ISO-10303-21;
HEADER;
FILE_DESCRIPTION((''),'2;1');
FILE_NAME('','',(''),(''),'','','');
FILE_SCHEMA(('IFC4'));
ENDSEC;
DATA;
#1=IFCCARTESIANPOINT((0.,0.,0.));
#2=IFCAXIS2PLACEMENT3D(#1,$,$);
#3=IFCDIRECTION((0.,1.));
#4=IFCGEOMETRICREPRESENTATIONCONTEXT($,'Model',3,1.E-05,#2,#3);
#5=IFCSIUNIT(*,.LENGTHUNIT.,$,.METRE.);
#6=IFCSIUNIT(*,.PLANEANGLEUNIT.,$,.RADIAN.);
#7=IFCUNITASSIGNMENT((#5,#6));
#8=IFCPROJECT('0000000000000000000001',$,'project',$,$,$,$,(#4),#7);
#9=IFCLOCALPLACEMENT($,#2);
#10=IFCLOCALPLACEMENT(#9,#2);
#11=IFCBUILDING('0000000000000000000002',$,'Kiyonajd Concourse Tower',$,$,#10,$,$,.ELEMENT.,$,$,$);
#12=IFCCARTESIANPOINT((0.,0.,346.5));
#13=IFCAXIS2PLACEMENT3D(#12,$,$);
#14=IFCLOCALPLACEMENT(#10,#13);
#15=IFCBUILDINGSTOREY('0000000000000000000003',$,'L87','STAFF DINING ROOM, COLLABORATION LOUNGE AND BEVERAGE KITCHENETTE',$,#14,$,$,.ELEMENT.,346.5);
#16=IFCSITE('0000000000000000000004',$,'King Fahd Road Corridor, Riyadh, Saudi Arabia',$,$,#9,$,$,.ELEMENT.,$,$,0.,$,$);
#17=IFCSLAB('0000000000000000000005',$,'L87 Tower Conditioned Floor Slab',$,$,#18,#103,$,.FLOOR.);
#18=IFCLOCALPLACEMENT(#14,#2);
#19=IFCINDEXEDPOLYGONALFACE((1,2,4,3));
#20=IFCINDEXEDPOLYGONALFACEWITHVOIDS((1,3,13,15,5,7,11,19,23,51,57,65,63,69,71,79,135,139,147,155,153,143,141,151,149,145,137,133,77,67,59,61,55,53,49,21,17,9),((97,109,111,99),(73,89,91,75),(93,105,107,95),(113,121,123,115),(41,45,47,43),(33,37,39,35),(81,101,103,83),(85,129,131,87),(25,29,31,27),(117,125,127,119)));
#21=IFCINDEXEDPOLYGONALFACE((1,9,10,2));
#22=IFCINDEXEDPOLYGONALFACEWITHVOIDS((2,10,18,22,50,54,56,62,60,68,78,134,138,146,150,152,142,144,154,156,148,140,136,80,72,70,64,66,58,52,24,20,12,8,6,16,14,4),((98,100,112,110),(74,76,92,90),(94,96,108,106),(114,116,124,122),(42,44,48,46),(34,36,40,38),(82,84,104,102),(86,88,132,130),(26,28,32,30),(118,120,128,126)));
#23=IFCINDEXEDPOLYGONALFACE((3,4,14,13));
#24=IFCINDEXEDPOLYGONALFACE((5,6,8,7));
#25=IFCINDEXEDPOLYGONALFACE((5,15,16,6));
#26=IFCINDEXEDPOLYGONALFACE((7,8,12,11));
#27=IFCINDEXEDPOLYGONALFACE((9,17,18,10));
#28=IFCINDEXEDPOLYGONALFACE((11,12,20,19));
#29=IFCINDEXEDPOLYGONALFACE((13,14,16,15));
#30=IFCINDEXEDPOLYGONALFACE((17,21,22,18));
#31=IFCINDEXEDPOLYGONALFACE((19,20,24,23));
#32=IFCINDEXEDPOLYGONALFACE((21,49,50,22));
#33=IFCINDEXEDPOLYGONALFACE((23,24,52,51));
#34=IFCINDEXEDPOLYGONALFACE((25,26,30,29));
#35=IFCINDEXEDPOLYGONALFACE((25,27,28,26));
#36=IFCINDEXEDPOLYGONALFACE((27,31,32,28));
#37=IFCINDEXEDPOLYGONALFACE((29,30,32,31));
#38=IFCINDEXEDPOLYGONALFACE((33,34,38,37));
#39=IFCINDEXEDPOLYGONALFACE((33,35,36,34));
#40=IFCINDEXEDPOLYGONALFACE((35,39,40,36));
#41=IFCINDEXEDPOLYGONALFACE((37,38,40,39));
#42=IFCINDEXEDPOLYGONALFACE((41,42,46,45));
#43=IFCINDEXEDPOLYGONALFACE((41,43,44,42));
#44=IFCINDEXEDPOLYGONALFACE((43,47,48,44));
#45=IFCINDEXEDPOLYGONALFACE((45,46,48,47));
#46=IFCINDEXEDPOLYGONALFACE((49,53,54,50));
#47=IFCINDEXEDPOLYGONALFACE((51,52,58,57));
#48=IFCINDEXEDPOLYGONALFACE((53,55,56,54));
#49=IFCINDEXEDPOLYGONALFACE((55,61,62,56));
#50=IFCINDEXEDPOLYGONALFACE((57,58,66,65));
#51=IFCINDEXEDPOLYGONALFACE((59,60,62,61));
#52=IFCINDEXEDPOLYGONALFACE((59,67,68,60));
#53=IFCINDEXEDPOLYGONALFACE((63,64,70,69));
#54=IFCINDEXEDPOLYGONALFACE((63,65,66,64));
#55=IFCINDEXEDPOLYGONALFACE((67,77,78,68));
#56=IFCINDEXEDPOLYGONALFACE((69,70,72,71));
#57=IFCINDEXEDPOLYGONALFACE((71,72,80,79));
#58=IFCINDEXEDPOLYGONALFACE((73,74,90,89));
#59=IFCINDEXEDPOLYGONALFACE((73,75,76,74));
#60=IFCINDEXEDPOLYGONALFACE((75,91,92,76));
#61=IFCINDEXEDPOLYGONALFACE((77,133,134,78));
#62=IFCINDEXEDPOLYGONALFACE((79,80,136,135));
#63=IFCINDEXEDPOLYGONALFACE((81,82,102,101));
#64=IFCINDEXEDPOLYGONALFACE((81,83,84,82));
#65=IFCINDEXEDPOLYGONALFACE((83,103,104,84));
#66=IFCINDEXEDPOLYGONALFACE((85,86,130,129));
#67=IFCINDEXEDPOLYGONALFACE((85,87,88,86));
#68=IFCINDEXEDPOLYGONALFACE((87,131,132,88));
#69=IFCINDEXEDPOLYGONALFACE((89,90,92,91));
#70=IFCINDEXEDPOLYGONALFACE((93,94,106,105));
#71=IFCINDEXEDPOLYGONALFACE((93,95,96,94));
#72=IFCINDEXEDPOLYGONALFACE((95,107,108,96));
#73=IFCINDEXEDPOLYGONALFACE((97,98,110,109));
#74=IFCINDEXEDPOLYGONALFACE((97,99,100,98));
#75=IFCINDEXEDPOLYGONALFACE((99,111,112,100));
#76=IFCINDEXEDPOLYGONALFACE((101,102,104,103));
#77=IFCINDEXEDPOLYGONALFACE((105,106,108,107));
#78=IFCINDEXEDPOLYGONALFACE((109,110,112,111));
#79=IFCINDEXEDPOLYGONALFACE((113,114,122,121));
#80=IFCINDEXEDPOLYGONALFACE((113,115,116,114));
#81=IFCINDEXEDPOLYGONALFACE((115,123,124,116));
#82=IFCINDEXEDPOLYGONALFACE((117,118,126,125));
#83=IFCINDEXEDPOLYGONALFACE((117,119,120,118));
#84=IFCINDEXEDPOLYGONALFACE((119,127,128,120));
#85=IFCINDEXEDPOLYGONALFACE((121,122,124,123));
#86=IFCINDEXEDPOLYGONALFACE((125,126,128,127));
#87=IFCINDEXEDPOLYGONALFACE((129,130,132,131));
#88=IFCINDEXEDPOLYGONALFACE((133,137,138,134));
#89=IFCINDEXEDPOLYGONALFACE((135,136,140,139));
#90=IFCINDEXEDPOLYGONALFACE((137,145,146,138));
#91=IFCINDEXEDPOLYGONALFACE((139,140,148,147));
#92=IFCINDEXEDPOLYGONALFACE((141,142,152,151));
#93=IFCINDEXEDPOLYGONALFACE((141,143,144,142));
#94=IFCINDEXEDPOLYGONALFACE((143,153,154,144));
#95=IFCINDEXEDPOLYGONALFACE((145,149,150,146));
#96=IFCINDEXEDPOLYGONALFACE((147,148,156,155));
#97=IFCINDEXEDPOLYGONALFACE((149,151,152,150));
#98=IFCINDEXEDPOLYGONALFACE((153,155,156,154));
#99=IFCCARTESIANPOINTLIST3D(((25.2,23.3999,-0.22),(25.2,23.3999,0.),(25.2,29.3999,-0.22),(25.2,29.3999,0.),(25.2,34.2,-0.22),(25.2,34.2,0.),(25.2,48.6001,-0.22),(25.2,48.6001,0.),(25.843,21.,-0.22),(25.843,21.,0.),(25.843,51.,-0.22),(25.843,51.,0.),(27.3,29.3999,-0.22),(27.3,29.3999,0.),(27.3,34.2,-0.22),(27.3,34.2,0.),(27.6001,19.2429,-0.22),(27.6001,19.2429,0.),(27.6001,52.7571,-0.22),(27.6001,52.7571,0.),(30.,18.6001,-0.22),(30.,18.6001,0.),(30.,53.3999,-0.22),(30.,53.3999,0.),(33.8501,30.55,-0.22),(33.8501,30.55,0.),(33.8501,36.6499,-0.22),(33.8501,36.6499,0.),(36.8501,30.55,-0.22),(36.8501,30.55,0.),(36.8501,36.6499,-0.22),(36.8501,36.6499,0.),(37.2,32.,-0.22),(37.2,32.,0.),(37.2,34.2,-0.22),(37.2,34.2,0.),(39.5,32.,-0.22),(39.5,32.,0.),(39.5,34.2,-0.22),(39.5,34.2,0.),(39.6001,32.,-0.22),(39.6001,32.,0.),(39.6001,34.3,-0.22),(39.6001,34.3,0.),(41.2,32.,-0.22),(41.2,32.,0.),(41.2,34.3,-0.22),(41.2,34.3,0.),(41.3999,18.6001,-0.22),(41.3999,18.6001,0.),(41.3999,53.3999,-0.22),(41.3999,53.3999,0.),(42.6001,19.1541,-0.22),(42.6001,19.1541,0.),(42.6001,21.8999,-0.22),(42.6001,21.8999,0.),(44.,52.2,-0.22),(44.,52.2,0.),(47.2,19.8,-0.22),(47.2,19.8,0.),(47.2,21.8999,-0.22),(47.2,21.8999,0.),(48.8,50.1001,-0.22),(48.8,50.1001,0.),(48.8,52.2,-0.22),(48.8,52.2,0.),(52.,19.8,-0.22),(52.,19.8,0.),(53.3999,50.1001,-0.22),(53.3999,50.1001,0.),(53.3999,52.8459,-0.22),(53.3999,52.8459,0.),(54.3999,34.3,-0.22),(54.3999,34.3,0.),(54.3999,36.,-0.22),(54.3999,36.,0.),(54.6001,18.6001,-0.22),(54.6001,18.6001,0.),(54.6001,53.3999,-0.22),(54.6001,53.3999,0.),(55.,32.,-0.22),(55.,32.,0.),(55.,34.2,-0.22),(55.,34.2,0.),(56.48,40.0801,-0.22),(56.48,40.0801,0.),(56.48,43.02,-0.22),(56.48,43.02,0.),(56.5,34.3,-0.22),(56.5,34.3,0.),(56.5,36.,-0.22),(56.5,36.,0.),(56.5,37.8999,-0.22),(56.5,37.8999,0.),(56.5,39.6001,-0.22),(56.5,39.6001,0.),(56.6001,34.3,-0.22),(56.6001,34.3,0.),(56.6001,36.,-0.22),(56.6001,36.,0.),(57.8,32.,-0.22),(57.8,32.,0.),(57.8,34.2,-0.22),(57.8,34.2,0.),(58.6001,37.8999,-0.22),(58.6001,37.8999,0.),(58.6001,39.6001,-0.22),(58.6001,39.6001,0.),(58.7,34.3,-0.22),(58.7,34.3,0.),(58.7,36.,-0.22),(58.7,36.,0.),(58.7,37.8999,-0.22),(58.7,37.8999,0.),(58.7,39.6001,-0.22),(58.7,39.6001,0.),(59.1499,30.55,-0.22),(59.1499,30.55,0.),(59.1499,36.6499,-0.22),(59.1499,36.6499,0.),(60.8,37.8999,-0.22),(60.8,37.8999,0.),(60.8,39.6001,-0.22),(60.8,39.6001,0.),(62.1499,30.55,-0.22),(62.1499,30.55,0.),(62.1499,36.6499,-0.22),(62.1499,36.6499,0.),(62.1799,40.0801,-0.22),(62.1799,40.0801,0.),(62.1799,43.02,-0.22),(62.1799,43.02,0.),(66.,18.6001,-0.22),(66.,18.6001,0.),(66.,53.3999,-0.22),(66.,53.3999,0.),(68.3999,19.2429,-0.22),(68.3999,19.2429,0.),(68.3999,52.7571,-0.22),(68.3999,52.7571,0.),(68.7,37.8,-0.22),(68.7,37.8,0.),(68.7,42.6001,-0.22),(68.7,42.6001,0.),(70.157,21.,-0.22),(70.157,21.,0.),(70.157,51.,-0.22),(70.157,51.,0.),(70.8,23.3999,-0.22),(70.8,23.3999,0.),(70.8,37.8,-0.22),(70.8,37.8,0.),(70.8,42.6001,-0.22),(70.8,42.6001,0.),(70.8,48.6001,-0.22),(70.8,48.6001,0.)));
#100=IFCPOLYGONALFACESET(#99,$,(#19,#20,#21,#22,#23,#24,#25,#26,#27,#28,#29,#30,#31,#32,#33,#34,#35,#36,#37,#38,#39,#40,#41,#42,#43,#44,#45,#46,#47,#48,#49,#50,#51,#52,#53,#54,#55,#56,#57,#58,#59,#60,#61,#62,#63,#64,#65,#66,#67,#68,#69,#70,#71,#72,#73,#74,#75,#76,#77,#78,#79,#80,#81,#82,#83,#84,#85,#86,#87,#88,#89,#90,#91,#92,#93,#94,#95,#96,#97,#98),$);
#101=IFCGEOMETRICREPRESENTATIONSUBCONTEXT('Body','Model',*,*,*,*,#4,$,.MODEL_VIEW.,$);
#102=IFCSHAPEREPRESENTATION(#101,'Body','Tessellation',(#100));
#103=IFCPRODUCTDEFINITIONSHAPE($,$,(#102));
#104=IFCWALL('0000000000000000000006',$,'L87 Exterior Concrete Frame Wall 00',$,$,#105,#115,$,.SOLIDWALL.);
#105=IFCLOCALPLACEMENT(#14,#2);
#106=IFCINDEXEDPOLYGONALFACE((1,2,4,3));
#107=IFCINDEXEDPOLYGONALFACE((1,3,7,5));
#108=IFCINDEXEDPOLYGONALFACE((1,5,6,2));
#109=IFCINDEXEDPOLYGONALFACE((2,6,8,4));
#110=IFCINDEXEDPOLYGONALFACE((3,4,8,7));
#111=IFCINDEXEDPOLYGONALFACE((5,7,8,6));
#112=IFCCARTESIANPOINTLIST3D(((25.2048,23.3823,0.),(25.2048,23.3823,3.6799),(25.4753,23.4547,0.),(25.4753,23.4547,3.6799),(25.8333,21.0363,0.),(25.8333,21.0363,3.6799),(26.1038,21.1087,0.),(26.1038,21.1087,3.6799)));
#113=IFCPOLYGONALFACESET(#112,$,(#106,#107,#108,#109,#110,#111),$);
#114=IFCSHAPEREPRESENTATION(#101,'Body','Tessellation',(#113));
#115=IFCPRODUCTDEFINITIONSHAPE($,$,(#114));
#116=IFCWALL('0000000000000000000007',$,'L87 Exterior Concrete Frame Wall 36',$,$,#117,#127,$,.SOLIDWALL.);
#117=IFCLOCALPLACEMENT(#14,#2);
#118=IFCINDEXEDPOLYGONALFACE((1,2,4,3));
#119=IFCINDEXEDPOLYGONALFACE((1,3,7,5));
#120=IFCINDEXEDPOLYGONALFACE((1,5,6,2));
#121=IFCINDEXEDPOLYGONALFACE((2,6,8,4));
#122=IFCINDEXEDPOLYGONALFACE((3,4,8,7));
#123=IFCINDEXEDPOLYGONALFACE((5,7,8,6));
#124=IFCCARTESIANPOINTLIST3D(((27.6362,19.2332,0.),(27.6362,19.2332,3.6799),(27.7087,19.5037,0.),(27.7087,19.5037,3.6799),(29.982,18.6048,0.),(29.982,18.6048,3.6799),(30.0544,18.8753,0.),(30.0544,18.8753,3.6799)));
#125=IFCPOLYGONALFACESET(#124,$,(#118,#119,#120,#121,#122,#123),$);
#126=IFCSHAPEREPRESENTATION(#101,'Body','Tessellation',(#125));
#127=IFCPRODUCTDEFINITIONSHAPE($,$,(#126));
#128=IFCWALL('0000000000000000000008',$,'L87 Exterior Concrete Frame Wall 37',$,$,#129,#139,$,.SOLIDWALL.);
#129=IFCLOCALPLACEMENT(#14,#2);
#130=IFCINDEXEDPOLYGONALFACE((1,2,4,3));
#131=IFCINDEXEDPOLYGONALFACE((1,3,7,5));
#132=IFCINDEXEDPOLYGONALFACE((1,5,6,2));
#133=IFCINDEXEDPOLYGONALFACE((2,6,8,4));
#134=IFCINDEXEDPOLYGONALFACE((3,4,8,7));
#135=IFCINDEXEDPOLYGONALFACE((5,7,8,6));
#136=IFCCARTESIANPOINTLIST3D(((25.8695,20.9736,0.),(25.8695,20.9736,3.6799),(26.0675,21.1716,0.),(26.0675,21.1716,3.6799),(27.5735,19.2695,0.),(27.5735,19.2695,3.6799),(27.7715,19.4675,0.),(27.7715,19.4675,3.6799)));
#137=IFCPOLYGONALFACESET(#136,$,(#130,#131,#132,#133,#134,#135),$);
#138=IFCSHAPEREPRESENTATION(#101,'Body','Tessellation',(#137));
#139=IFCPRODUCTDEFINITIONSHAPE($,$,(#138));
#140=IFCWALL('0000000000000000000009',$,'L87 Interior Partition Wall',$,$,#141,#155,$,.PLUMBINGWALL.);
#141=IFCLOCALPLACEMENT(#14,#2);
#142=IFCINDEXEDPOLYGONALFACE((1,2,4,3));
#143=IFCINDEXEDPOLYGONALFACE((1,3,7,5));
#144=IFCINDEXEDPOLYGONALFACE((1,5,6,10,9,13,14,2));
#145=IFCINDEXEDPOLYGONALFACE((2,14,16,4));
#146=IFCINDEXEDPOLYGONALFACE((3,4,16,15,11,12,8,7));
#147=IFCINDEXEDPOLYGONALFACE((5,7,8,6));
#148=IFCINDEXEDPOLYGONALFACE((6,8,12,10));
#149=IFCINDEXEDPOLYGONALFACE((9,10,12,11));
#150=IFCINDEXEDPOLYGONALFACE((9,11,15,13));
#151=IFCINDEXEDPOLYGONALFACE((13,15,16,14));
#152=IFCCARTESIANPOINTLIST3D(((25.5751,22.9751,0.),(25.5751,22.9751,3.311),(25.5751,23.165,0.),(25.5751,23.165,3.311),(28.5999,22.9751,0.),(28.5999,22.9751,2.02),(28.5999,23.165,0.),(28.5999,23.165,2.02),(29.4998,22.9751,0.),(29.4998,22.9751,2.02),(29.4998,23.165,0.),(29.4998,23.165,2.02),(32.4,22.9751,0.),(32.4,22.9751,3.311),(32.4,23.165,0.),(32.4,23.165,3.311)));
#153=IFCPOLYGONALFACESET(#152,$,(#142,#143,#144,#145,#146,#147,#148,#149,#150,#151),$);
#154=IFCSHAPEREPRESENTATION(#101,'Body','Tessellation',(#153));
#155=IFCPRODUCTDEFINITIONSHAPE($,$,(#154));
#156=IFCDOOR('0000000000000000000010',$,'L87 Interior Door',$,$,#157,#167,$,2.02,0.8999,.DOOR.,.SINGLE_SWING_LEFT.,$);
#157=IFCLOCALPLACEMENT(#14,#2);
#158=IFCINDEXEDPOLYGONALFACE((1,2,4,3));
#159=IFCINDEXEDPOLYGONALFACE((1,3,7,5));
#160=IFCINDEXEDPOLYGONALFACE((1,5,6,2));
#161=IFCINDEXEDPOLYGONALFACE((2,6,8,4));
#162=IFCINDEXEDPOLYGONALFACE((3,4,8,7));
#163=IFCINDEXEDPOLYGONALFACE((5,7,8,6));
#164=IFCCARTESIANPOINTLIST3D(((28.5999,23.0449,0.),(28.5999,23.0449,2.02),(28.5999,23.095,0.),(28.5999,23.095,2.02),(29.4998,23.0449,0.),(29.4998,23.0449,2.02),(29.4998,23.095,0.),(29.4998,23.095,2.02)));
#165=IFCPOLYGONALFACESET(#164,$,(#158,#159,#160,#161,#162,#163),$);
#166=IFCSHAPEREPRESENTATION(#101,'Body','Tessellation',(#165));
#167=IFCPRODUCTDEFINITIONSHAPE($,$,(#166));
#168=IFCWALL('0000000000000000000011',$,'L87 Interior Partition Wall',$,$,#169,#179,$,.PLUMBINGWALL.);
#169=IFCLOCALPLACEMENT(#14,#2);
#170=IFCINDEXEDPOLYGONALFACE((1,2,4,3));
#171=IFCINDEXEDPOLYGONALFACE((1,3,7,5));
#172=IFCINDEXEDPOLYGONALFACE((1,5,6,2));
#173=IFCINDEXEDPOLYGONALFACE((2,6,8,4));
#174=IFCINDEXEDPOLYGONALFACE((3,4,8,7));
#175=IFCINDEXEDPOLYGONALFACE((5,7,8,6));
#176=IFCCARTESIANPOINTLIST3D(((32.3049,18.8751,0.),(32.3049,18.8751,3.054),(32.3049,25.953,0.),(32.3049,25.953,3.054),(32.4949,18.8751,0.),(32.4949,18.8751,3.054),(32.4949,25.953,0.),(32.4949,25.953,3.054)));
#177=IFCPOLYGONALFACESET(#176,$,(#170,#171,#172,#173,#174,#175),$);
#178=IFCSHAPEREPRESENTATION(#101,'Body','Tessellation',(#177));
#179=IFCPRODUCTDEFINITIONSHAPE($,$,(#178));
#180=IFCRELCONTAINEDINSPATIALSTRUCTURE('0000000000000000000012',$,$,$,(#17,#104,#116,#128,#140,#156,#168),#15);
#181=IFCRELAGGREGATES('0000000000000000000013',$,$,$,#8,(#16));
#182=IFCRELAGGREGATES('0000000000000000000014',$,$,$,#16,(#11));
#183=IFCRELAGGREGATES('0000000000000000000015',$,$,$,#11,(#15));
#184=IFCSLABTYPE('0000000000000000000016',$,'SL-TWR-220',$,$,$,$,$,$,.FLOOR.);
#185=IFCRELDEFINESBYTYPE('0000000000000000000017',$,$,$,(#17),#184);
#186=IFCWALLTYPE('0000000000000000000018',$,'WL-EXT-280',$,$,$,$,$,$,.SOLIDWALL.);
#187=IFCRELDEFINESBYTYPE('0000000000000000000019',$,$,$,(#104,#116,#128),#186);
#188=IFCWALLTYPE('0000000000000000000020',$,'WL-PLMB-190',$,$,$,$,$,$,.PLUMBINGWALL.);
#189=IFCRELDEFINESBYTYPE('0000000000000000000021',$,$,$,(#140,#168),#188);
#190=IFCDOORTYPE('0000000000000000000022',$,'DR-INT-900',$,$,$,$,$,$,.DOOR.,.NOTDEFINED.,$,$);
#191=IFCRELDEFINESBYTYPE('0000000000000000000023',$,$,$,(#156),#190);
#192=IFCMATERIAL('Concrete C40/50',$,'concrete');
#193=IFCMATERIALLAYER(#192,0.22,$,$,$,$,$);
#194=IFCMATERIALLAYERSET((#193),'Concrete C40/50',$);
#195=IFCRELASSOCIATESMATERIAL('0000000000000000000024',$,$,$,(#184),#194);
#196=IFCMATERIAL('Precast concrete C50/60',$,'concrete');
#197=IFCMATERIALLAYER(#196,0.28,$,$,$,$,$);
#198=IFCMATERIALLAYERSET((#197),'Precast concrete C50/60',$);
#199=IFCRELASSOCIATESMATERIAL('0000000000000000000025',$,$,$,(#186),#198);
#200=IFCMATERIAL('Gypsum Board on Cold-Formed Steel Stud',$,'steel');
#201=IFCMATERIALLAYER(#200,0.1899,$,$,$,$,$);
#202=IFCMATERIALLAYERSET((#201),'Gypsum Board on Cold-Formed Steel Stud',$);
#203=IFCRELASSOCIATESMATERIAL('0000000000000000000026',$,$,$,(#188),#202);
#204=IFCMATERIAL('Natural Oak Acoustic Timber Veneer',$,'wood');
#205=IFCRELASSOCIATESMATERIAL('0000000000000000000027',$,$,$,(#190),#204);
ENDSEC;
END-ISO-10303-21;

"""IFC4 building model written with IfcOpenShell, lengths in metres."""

from ifc_helpers import new_model, si_unit, direction, frame, frame_2d, origin, place, context, subcontext, project, spatial, polyline, rectangle, outline, extrude, material, layer, layer_set, type_object, element, fill, save


model = new_model("IFC4")

# Units and contexts
model_context = context("Model", 3, precision=1e-05, world=origin(), true_north=direction((0.0, 1.0)))
body_context = subcontext(model_context, "Body", "Model", "MODEL_VIEW")
ifc_project = project(units=[si_unit("LENGTHUNIT", "METRE"), si_unit("PLANEANGLEUNIT", "RADIAN")], contexts=[model_context])

# Site, building, storey
site_placement = place(None, origin())
site = spatial("IfcSite", under=ifc_project, at=site_placement, Name="King Fahd Road Corridor, Riyadh, Saudi Arabia", CompositionType="ELEMENT", RefElevation=0.0)
building_placement = place(site_placement, origin())
building = spatial("IfcBuilding", under=site, at=building_placement, Name="Kiyonajd Concourse Tower", CompositionType="ELEMENT")
storey_placement = place(building_placement, frame((0.0, 0.0, 346.5)))
storey = spatial("IfcBuildingStorey", under=building, at=storey_placement, Name="L87", Description="STAFF DINING ROOM, COLLABORATION LOUNGE AND BEVERAGE KITCHENETTE", CompositionType="ELEMENT", Elevation=346.5)

# Shared definitions
ifc_material_1 = material(Name="Concrete C40/50", Category="concrete")

# Slab
ifc_material_2 = material(Name="Precast concrete C50/60", Category="concrete")
ifc_layer_1 = layer(ifc_material_1, 0.22)
ifc_layer_set_1 = layer_set([ifc_layer_1], Name="Concrete C40/50")
slab_type_1 = type_object("IfcSlabType", Name="SL-TWR-220", PredefinedType="FLOOR", material=ifc_layer_set_1)
slab_1_placement = place(storey_placement, frame((0.0, 0.0, -0.22)))
element("IfcSlab", 1, at=slab_1_placement, inside=storey, type_object=slab_type_1, Name="L87 Tower Conditioned Floor Slab", PredefinedType="FLOOR", context=body_context, shape_type="SweptSolid", body=[
    extrude(outline(polyline([(25.843, 21.0), (25.2, 23.3999), (25.2, 29.3999), (27.3, 29.3999), (27.3, 34.2), (25.2, 34.2), (25.2, 48.6001), (25.843, 51.0), (27.6001, 52.7571), (30.0, 53.3999), (41.3999, 53.3999), (44.0, 52.2), (48.8, 52.2), (48.8, 50.1001), (53.3999, 50.1001), (53.3999, 52.8459), (54.6001, 53.3999), (66.0, 53.3999), (68.3999, 52.7571), (70.157, 51.0), (70.8, 48.6001), (70.8, 42.6001), (68.7, 42.6001), (68.7, 37.8), (70.8, 37.8), (70.8, 23.3999), (70.157, 21.0), (68.3999, 19.2429), (66.0, 18.6001), (54.6001, 18.6001), (52.0, 19.8), (47.2, 19.8), (47.2, 21.8999), (42.6001, 21.8999), (42.6001, 19.1541), (41.3999, 18.6001), (30.0, 18.6001), (27.6001, 19.2429), (25.843, 21.0)]), holes=[polyline([(39.5, 32.0), (37.2, 32.0), (37.2, 34.2), (39.5, 34.2), (39.5, 32.0)]), polyline([(57.8, 32.0), (55.0, 32.0), (55.0, 34.2), (57.8, 34.2), (57.8, 32.0)]), polyline([(41.2, 32.0), (39.6001, 32.0), (39.6001, 34.3), (41.2, 34.3), (41.2, 32.0)]), polyline([(33.8501, 30.55), (33.8501, 36.6499), (36.8501, 36.6499), (36.8501, 30.55), (33.8501, 30.55)]), polyline([(59.1499, 30.55), (59.1499, 36.6499), (62.1499, 36.6499), (62.1499, 30.55), (59.1499, 30.55)]), polyline([(56.5, 34.3), (54.3999, 34.3), (54.3999, 36.0), (56.5, 36.0), (56.5, 34.3)]), polyline([(58.7, 34.3), (56.6001, 34.3), (56.6001, 36.0), (58.7, 36.0), (58.7, 34.3)]), polyline([(58.6001, 37.8999), (56.5, 37.8999), (56.5, 39.6001), (58.6001, 39.6001), (58.6001, 37.8999)]), polyline([(58.7, 37.8999), (58.7, 39.6001), (60.8, 39.6001), (60.8, 37.8999), (58.7, 37.8999)]), polyline([(56.48, 43.02), (62.1799, 43.02), (62.1799, 40.0801), (56.48, 40.0801), (56.48, 43.02)])]), origin(), (0.0, 0.0, 1.0), 0.22),
])

# Walls
ifc_layer_2 = layer(ifc_material_2, 0.28)
ifc_layer_set_2 = layer_set([ifc_layer_2], Name="Precast concrete C50/60")
wall_type_1 = type_object("IfcWallType", Name="WL-EXT-280", PredefinedType="SOLIDWALL", material=ifc_layer_set_2)
wall_1_placement = place(storey_placement, frame((25.9685, 21.0725, 0.0), z_axis=(0.0, 0.0, 1.0), x_axis=(-0.258751, 0.965944, 0.0)))
element("IfcWall", 2, at=wall_1_placement, inside=storey, type_object=wall_type_1, Name="L87 Exterior Concrete Frame Wall 00", PredefinedType="SOLIDWALL", context=body_context, shape_type="SweptSolid", body=[
    extrude(rectangle(XDim=2.4287, YDim=0.28, at=frame_2d((1.2144, 0.0))), origin(), (0.0, 0.0, 1.0), 3.6799),
])
wall_2_placement = place(storey_placement, frame((30.0183, 18.74, 0.0), z_axis=(0.0, 0.0, 1.0), x_axis=(-0.965937, 0.258776, 0.0)))
element("IfcWall", 3, at=wall_2_placement, inside=storey, type_object=wall_type_1, Name="L87 Exterior Concrete Frame Wall 36", PredefinedType="SOLIDWALL", context=body_context, shape_type="SweptSolid", body=[
    extrude(rectangle(XDim=2.4285, YDim=0.28, at=frame_2d((1.2144, 0.0))), origin(), (0.0, 0.0, 1.0), 3.6799),
])
wall_3_placement = place(storey_placement, frame((27.6726, 19.3684, 0.0), z_axis=(0.0, 0.0, 1.0), x_axis=(-0.707107, 0.707107, 0.0)))
element("IfcWall", 4, at=wall_3_placement, inside=storey, type_object=wall_type_1, Name="L87 Exterior Concrete Frame Wall 37", PredefinedType="SOLIDWALL", context=body_context, shape_type="SweptSolid", body=[
    extrude(rectangle(XDim=2.4099, YDim=0.28, at=frame_2d((1.2051, 0.0))), origin(), (0.0, 0.0, 1.0), 3.6799),
])

# Wall, opening, door
ifc_material_3 = material(Name="Gypsum Board on Cold-Formed Steel Stud", Category="steel")
ifc_layer_3 = layer(ifc_material_3, 0.1899)
ifc_layer_set_3 = layer_set([ifc_layer_3], Name="Gypsum Board on Cold-Formed Steel Stud")
wall_type_2 = type_object("IfcWallType", Name="WL-PLMB-190", PredefinedType="PLUMBINGWALL", material=ifc_layer_set_3)
wall_4_placement = place(storey_placement, frame((25.575, 23.0701, 0.0), z_axis=(0.0, 0.0, 1.0), x_axis=(1.0, 0.0, 0.0)))
wall_4 = element("IfcWall", 5, at=wall_4_placement, inside=storey, type_object=wall_type_2, Name="L87 Interior Partition Wall", PredefinedType="PLUMBINGWALL", context=body_context, shape_type="SweptSolid", body=[
    extrude(rectangle(XDim=6.825, YDim=0.1899, at=frame_2d((3.4126, 0.0))), origin(), (0.0, 0.0, 1.0), 3.311),
])
opening_placement = place(wall_4_placement, frame((3.0249, 0.0, 0.0)))
opening = element("IfcOpeningElement", 6, at=opening_placement, cuts=wall_4, PredefinedType="OPENING", context=body_context, shape_type="SweptSolid", body=[
    extrude(rectangle(XDim=0.8999, YDim=2.02, at=frame_2d((0.45, 1.01))), frame((0.0, 0.105, 0.0), z_axis=(0.0, -1.0, 0.0), x_axis=(1.0, 0.0, 0.0)), (0.0, 0.0, 1.0), 0.21),
])
ifc_material_4 = material(Name="Natural Oak Acoustic Timber Veneer", Category="wood")
door_type = type_object("IfcDoorType", Name="DR-INT-900", OperationType="NOTDEFINED", PredefinedType="DOOR", material=ifc_material_4)
door_placement = place(opening_placement, origin())
door = element("IfcDoor", 7, at=door_placement, inside=storey, type_object=door_type, Name="L87 Interior Door", OperationType="SINGLE_SWING_LEFT", OverallHeight=2.02, OverallWidth=0.8999, PredefinedType="DOOR", context=body_context, shape_type="SweptSolid", body=[
    extrude(rectangle(XDim=0.8999, YDim=2.02, at=frame_2d((0.45, 1.01))), frame((0.0, 0.0249, 0.0), z_axis=(0.0, -1.0, 0.0), x_axis=(1.0, 0.0, 0.0)), (0.0, 0.0, 1.0), 0.05),
])
fill(opening, door)

# Wall
wall_5_placement = place(storey_placement, frame((32.3999, 18.875, 0.0), z_axis=(0.0, 0.0, 1.0), x_axis=(0.0, 1.0, 0.0)))
element("IfcWall", 8, at=wall_5_placement, inside=storey, type_object=wall_type_2, Name="L87 Interior Partition Wall", PredefinedType="PLUMBINGWALL", context=body_context, shape_type="SweptSolid", body=[
    extrude(rectangle(XDim=7.0779, YDim=0.1899, at=frame_2d((3.5391, 0.0))), origin(), (0.0, 0.0, 1.0), 3.054),
])

save(model, "model.ifc")
